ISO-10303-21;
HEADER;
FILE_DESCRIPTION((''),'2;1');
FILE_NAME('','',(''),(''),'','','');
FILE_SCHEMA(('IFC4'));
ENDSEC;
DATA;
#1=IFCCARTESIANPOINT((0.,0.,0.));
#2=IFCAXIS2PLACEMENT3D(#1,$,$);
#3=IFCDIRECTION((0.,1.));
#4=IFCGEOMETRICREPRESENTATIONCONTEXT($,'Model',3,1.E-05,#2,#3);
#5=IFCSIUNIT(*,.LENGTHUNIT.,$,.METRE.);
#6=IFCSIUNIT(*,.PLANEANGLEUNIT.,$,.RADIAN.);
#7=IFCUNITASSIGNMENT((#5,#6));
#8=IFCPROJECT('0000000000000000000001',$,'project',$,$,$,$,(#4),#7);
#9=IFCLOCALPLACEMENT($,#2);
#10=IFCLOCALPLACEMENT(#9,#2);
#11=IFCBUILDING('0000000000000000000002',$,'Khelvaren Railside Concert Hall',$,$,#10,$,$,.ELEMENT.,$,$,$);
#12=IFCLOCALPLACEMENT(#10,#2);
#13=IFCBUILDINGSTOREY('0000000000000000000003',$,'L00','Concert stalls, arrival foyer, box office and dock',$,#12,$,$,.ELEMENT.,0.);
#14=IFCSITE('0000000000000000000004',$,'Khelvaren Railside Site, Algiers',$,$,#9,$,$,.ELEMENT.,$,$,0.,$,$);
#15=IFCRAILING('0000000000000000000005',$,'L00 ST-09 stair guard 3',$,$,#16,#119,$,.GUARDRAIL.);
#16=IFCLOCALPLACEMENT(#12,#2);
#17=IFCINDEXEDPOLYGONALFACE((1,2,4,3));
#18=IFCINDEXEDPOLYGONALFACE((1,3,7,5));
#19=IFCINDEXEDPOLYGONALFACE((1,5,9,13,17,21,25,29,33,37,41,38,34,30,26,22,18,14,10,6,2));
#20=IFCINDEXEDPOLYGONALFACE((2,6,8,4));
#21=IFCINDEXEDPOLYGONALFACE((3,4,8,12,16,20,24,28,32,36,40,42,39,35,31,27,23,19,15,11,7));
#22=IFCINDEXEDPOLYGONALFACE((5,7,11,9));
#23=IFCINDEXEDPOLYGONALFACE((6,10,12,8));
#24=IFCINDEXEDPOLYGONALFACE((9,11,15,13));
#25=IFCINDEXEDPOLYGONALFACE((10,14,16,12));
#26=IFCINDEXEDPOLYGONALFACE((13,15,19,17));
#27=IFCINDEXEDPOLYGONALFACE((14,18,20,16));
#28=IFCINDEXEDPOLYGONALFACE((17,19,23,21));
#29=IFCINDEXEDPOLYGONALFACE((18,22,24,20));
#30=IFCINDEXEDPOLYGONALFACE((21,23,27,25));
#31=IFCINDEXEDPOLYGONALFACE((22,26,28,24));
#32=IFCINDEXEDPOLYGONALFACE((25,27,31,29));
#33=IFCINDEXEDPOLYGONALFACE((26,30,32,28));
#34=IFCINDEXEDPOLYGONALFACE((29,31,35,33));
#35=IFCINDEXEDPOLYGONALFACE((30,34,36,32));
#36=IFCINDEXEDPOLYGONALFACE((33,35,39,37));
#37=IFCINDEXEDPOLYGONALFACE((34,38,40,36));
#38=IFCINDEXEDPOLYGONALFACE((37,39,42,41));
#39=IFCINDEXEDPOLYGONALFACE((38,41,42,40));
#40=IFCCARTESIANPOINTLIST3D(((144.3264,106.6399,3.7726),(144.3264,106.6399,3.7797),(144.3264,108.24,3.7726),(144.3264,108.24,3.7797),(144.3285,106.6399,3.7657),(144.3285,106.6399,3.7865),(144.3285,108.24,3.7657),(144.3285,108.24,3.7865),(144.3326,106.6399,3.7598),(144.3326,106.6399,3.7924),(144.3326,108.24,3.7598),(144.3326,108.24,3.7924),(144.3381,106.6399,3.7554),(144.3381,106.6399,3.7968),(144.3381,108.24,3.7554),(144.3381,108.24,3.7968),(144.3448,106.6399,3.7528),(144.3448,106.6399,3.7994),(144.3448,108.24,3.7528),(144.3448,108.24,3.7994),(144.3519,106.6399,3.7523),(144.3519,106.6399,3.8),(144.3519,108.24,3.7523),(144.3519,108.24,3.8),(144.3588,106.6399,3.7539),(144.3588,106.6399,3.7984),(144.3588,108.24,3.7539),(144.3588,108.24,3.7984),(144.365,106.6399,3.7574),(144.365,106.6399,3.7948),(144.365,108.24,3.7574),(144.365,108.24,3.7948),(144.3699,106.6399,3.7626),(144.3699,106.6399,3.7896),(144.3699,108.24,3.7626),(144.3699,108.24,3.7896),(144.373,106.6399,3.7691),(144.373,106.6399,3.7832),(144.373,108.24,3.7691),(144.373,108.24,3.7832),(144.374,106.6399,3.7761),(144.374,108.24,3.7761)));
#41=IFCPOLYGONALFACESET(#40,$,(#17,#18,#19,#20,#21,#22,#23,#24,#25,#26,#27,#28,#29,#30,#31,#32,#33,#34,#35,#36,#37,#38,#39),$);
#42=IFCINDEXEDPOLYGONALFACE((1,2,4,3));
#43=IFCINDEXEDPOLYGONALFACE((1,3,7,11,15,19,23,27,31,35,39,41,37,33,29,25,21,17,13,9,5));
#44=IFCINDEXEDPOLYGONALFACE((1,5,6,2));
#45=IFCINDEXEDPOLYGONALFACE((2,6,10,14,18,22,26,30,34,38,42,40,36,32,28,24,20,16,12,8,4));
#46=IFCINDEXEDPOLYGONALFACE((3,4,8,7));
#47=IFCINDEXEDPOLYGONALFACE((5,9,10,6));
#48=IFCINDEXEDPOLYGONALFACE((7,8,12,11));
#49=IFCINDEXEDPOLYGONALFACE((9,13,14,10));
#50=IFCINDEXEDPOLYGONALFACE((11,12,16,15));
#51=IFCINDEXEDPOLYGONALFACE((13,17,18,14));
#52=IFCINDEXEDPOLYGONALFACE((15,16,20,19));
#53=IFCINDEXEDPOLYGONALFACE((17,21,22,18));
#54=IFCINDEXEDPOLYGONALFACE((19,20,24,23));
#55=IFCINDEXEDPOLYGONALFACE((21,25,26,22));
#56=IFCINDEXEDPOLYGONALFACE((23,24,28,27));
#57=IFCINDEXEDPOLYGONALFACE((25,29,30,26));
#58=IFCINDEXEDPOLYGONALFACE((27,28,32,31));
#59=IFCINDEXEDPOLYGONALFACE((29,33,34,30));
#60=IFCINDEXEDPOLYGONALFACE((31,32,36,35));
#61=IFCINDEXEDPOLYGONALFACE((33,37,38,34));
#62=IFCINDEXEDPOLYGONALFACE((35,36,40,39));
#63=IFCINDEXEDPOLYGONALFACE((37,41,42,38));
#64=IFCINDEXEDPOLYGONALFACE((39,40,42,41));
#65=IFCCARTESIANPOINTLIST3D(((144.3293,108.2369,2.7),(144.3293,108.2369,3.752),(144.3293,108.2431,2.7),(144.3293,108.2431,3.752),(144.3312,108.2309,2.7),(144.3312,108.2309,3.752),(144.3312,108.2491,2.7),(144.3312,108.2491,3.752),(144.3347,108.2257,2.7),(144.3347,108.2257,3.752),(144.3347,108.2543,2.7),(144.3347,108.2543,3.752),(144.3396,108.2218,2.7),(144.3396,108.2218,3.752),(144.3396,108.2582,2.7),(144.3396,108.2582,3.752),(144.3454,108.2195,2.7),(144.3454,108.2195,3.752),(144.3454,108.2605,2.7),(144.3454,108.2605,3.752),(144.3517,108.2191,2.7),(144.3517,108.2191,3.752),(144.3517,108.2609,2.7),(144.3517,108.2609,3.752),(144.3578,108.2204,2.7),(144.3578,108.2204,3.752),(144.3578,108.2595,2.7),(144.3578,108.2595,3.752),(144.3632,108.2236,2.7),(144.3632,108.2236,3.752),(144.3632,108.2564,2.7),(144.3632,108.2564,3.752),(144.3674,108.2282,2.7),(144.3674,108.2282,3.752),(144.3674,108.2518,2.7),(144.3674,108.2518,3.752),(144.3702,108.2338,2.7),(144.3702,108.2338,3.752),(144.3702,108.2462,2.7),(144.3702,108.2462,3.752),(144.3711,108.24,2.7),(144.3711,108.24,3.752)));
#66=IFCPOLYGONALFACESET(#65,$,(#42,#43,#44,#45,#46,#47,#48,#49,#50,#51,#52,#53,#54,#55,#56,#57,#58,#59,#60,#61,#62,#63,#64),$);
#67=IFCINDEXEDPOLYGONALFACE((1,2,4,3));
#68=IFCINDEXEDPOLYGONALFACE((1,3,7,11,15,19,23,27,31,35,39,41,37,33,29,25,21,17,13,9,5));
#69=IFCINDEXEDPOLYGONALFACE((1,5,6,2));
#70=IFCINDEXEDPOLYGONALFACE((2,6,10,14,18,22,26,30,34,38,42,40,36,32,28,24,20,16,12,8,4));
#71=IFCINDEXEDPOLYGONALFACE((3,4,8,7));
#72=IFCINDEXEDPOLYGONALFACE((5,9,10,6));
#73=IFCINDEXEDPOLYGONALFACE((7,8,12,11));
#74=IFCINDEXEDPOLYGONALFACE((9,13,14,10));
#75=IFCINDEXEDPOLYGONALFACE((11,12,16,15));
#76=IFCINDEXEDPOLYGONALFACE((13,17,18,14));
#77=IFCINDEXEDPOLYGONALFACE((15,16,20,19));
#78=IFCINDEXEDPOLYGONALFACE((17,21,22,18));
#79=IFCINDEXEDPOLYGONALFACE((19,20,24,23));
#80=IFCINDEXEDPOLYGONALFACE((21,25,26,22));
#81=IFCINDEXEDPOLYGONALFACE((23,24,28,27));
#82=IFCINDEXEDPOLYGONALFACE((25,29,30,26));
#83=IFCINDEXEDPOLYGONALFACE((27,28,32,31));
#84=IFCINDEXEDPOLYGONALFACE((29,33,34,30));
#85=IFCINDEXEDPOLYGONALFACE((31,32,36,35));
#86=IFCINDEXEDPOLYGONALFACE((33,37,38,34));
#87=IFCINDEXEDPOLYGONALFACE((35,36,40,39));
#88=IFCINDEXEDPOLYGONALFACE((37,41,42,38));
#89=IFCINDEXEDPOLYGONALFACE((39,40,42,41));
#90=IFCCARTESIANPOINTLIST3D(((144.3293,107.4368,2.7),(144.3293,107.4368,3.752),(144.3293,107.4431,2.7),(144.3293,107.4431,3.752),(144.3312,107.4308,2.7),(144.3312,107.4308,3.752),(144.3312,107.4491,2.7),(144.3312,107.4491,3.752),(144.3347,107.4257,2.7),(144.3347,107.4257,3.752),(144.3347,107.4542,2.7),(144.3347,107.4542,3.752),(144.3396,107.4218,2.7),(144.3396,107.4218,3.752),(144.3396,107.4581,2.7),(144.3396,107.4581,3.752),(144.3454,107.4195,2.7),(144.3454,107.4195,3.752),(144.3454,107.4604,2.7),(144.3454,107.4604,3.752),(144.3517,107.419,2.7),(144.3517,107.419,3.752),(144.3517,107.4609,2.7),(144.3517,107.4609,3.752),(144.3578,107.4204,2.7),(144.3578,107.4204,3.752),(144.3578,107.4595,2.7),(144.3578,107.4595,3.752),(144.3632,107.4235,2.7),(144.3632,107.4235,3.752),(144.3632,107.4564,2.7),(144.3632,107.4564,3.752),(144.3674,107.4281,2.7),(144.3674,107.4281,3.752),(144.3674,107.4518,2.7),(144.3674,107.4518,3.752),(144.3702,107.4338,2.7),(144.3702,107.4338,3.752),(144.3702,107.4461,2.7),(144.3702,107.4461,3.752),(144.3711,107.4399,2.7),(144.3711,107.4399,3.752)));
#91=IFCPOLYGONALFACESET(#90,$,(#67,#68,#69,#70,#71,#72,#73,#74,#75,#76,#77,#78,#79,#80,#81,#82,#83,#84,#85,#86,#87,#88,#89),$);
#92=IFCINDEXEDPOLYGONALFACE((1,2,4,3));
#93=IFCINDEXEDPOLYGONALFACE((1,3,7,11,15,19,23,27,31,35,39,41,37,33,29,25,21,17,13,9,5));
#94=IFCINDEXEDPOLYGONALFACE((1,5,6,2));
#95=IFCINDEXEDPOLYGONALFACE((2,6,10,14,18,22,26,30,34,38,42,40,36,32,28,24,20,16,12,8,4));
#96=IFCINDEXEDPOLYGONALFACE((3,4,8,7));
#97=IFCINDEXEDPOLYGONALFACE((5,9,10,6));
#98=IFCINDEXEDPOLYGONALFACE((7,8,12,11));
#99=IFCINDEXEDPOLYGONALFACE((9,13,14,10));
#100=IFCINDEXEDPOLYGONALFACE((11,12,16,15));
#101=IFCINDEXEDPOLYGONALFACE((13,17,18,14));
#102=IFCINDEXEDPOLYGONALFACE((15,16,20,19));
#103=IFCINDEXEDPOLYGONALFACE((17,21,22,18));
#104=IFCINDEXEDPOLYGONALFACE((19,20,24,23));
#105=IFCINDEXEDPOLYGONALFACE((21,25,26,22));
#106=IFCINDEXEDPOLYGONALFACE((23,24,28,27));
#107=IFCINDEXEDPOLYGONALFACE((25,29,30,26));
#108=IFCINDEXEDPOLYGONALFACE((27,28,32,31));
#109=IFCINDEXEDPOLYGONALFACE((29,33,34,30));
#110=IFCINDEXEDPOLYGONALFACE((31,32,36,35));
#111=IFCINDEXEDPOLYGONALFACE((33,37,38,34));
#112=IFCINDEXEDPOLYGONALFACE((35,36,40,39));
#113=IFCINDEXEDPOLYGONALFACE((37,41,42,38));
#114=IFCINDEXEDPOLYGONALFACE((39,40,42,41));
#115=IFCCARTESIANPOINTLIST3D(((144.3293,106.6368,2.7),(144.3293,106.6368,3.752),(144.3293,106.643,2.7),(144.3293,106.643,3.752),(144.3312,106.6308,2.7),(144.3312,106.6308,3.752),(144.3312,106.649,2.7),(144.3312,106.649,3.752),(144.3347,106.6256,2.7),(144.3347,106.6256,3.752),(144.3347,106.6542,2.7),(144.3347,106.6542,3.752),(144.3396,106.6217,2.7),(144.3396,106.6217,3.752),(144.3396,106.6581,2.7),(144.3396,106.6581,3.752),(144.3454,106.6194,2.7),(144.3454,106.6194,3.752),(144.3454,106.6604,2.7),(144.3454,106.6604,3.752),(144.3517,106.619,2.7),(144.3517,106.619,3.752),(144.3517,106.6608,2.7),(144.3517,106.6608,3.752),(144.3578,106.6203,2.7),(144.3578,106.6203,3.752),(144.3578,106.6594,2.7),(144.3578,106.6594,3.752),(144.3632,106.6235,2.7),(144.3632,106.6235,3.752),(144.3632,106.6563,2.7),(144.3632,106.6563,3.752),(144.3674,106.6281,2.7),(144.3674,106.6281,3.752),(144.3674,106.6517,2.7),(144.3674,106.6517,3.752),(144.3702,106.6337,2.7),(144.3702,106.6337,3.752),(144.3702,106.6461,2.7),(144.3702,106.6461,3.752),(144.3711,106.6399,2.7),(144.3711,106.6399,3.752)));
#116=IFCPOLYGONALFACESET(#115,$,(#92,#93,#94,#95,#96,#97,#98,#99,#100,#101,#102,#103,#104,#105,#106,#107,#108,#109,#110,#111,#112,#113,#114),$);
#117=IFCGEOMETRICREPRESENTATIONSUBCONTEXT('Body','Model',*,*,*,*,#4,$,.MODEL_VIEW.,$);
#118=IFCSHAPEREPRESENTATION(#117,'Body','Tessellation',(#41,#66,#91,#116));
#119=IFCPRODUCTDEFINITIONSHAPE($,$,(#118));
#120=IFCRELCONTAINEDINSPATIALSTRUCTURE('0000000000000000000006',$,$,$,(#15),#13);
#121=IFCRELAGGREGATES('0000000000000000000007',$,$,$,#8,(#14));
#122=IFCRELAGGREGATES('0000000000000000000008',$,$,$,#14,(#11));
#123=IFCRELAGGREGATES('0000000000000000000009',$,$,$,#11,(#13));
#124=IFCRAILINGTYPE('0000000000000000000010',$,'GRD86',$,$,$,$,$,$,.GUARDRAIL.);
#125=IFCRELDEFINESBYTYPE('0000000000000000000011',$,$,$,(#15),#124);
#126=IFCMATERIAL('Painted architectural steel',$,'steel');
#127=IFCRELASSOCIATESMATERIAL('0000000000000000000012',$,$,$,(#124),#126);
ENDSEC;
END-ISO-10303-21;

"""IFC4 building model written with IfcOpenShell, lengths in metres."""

from ifc_helpers import new_model, si_unit, direction, frame, origin, origin_2d, place, context, subcontext, project, spatial, circle, extrude, material, type_object, element, save


model = new_model("IFC4")

# Units and contexts
model_context = context("Model", 3, precision=1e-05, world=origin(), true_north=direction((0.0, 1.0)))
body_context = subcontext(model_context, "Body", "Model", "MODEL_VIEW")
ifc_project = project(units=[si_unit("LENGTHUNIT", "METRE"), si_unit("PLANEANGLEUNIT", "RADIAN")], contexts=[model_context])

# Site, building, storey
site_placement = place(None, origin())
site = spatial("IfcSite", under=ifc_project, at=site_placement, Name="Khelvaren Railside Site, Algiers", CompositionType="ELEMENT", RefElevation=0.0)
building_placement = place(site_placement, origin())
building = spatial("IfcBuilding", under=site, at=building_placement, Name="Khelvaren Railside Concert Hall", CompositionType="ELEMENT")
storey_placement = place(building_placement, origin())
storey = spatial("IfcBuildingStorey", under=building, at=storey_placement, Name="L00", Description="Concert stalls, arrival foyer, box office and dock", CompositionType="ELEMENT", Elevation=0.0)

# Railing
ifc_material_1 = material(Name="Painted architectural steel", Category="steel")
railing_type = type_object("IfcRailingType", Name="GRD86", PredefinedType="GUARDRAIL", material=ifc_material_1)
railing_1_placement = place(storey_placement, frame((144.3501, 108.24, 2.7)))
element("IfcRailing", 1, at=railing_1_placement, inside=storey, type_object=railing_type, Name="L00 ST-09 stair guard 3", PredefinedType="GUARDRAIL", context=body_context, shape_type="SweptSolid", body=[
    extrude(circle(Radius=0.0239, at=origin_2d()), frame((0.0, 0.0, 1.0762), z_axis=(0.0, -1.0, 0.0), x_axis=(1.0, 0.0, 0.0)), (0.0, 0.0, 1.0), 1.6001),
    extrude(circle(Radius=0.021, at=origin_2d()), origin(), (0.0, 0.0, 1.0), 1.052),
    extrude(circle(Radius=0.021, at=origin_2d()), frame((0.0, -0.8, 0.0)), (0.0, 0.0, 1.0), 1.052),
    extrude(circle(Radius=0.021, at=origin_2d()), frame((0.0, -1.6001, 0.0)), (0.0, 0.0, 1.0), 1.052),
])

save(model, "model.ifc")
